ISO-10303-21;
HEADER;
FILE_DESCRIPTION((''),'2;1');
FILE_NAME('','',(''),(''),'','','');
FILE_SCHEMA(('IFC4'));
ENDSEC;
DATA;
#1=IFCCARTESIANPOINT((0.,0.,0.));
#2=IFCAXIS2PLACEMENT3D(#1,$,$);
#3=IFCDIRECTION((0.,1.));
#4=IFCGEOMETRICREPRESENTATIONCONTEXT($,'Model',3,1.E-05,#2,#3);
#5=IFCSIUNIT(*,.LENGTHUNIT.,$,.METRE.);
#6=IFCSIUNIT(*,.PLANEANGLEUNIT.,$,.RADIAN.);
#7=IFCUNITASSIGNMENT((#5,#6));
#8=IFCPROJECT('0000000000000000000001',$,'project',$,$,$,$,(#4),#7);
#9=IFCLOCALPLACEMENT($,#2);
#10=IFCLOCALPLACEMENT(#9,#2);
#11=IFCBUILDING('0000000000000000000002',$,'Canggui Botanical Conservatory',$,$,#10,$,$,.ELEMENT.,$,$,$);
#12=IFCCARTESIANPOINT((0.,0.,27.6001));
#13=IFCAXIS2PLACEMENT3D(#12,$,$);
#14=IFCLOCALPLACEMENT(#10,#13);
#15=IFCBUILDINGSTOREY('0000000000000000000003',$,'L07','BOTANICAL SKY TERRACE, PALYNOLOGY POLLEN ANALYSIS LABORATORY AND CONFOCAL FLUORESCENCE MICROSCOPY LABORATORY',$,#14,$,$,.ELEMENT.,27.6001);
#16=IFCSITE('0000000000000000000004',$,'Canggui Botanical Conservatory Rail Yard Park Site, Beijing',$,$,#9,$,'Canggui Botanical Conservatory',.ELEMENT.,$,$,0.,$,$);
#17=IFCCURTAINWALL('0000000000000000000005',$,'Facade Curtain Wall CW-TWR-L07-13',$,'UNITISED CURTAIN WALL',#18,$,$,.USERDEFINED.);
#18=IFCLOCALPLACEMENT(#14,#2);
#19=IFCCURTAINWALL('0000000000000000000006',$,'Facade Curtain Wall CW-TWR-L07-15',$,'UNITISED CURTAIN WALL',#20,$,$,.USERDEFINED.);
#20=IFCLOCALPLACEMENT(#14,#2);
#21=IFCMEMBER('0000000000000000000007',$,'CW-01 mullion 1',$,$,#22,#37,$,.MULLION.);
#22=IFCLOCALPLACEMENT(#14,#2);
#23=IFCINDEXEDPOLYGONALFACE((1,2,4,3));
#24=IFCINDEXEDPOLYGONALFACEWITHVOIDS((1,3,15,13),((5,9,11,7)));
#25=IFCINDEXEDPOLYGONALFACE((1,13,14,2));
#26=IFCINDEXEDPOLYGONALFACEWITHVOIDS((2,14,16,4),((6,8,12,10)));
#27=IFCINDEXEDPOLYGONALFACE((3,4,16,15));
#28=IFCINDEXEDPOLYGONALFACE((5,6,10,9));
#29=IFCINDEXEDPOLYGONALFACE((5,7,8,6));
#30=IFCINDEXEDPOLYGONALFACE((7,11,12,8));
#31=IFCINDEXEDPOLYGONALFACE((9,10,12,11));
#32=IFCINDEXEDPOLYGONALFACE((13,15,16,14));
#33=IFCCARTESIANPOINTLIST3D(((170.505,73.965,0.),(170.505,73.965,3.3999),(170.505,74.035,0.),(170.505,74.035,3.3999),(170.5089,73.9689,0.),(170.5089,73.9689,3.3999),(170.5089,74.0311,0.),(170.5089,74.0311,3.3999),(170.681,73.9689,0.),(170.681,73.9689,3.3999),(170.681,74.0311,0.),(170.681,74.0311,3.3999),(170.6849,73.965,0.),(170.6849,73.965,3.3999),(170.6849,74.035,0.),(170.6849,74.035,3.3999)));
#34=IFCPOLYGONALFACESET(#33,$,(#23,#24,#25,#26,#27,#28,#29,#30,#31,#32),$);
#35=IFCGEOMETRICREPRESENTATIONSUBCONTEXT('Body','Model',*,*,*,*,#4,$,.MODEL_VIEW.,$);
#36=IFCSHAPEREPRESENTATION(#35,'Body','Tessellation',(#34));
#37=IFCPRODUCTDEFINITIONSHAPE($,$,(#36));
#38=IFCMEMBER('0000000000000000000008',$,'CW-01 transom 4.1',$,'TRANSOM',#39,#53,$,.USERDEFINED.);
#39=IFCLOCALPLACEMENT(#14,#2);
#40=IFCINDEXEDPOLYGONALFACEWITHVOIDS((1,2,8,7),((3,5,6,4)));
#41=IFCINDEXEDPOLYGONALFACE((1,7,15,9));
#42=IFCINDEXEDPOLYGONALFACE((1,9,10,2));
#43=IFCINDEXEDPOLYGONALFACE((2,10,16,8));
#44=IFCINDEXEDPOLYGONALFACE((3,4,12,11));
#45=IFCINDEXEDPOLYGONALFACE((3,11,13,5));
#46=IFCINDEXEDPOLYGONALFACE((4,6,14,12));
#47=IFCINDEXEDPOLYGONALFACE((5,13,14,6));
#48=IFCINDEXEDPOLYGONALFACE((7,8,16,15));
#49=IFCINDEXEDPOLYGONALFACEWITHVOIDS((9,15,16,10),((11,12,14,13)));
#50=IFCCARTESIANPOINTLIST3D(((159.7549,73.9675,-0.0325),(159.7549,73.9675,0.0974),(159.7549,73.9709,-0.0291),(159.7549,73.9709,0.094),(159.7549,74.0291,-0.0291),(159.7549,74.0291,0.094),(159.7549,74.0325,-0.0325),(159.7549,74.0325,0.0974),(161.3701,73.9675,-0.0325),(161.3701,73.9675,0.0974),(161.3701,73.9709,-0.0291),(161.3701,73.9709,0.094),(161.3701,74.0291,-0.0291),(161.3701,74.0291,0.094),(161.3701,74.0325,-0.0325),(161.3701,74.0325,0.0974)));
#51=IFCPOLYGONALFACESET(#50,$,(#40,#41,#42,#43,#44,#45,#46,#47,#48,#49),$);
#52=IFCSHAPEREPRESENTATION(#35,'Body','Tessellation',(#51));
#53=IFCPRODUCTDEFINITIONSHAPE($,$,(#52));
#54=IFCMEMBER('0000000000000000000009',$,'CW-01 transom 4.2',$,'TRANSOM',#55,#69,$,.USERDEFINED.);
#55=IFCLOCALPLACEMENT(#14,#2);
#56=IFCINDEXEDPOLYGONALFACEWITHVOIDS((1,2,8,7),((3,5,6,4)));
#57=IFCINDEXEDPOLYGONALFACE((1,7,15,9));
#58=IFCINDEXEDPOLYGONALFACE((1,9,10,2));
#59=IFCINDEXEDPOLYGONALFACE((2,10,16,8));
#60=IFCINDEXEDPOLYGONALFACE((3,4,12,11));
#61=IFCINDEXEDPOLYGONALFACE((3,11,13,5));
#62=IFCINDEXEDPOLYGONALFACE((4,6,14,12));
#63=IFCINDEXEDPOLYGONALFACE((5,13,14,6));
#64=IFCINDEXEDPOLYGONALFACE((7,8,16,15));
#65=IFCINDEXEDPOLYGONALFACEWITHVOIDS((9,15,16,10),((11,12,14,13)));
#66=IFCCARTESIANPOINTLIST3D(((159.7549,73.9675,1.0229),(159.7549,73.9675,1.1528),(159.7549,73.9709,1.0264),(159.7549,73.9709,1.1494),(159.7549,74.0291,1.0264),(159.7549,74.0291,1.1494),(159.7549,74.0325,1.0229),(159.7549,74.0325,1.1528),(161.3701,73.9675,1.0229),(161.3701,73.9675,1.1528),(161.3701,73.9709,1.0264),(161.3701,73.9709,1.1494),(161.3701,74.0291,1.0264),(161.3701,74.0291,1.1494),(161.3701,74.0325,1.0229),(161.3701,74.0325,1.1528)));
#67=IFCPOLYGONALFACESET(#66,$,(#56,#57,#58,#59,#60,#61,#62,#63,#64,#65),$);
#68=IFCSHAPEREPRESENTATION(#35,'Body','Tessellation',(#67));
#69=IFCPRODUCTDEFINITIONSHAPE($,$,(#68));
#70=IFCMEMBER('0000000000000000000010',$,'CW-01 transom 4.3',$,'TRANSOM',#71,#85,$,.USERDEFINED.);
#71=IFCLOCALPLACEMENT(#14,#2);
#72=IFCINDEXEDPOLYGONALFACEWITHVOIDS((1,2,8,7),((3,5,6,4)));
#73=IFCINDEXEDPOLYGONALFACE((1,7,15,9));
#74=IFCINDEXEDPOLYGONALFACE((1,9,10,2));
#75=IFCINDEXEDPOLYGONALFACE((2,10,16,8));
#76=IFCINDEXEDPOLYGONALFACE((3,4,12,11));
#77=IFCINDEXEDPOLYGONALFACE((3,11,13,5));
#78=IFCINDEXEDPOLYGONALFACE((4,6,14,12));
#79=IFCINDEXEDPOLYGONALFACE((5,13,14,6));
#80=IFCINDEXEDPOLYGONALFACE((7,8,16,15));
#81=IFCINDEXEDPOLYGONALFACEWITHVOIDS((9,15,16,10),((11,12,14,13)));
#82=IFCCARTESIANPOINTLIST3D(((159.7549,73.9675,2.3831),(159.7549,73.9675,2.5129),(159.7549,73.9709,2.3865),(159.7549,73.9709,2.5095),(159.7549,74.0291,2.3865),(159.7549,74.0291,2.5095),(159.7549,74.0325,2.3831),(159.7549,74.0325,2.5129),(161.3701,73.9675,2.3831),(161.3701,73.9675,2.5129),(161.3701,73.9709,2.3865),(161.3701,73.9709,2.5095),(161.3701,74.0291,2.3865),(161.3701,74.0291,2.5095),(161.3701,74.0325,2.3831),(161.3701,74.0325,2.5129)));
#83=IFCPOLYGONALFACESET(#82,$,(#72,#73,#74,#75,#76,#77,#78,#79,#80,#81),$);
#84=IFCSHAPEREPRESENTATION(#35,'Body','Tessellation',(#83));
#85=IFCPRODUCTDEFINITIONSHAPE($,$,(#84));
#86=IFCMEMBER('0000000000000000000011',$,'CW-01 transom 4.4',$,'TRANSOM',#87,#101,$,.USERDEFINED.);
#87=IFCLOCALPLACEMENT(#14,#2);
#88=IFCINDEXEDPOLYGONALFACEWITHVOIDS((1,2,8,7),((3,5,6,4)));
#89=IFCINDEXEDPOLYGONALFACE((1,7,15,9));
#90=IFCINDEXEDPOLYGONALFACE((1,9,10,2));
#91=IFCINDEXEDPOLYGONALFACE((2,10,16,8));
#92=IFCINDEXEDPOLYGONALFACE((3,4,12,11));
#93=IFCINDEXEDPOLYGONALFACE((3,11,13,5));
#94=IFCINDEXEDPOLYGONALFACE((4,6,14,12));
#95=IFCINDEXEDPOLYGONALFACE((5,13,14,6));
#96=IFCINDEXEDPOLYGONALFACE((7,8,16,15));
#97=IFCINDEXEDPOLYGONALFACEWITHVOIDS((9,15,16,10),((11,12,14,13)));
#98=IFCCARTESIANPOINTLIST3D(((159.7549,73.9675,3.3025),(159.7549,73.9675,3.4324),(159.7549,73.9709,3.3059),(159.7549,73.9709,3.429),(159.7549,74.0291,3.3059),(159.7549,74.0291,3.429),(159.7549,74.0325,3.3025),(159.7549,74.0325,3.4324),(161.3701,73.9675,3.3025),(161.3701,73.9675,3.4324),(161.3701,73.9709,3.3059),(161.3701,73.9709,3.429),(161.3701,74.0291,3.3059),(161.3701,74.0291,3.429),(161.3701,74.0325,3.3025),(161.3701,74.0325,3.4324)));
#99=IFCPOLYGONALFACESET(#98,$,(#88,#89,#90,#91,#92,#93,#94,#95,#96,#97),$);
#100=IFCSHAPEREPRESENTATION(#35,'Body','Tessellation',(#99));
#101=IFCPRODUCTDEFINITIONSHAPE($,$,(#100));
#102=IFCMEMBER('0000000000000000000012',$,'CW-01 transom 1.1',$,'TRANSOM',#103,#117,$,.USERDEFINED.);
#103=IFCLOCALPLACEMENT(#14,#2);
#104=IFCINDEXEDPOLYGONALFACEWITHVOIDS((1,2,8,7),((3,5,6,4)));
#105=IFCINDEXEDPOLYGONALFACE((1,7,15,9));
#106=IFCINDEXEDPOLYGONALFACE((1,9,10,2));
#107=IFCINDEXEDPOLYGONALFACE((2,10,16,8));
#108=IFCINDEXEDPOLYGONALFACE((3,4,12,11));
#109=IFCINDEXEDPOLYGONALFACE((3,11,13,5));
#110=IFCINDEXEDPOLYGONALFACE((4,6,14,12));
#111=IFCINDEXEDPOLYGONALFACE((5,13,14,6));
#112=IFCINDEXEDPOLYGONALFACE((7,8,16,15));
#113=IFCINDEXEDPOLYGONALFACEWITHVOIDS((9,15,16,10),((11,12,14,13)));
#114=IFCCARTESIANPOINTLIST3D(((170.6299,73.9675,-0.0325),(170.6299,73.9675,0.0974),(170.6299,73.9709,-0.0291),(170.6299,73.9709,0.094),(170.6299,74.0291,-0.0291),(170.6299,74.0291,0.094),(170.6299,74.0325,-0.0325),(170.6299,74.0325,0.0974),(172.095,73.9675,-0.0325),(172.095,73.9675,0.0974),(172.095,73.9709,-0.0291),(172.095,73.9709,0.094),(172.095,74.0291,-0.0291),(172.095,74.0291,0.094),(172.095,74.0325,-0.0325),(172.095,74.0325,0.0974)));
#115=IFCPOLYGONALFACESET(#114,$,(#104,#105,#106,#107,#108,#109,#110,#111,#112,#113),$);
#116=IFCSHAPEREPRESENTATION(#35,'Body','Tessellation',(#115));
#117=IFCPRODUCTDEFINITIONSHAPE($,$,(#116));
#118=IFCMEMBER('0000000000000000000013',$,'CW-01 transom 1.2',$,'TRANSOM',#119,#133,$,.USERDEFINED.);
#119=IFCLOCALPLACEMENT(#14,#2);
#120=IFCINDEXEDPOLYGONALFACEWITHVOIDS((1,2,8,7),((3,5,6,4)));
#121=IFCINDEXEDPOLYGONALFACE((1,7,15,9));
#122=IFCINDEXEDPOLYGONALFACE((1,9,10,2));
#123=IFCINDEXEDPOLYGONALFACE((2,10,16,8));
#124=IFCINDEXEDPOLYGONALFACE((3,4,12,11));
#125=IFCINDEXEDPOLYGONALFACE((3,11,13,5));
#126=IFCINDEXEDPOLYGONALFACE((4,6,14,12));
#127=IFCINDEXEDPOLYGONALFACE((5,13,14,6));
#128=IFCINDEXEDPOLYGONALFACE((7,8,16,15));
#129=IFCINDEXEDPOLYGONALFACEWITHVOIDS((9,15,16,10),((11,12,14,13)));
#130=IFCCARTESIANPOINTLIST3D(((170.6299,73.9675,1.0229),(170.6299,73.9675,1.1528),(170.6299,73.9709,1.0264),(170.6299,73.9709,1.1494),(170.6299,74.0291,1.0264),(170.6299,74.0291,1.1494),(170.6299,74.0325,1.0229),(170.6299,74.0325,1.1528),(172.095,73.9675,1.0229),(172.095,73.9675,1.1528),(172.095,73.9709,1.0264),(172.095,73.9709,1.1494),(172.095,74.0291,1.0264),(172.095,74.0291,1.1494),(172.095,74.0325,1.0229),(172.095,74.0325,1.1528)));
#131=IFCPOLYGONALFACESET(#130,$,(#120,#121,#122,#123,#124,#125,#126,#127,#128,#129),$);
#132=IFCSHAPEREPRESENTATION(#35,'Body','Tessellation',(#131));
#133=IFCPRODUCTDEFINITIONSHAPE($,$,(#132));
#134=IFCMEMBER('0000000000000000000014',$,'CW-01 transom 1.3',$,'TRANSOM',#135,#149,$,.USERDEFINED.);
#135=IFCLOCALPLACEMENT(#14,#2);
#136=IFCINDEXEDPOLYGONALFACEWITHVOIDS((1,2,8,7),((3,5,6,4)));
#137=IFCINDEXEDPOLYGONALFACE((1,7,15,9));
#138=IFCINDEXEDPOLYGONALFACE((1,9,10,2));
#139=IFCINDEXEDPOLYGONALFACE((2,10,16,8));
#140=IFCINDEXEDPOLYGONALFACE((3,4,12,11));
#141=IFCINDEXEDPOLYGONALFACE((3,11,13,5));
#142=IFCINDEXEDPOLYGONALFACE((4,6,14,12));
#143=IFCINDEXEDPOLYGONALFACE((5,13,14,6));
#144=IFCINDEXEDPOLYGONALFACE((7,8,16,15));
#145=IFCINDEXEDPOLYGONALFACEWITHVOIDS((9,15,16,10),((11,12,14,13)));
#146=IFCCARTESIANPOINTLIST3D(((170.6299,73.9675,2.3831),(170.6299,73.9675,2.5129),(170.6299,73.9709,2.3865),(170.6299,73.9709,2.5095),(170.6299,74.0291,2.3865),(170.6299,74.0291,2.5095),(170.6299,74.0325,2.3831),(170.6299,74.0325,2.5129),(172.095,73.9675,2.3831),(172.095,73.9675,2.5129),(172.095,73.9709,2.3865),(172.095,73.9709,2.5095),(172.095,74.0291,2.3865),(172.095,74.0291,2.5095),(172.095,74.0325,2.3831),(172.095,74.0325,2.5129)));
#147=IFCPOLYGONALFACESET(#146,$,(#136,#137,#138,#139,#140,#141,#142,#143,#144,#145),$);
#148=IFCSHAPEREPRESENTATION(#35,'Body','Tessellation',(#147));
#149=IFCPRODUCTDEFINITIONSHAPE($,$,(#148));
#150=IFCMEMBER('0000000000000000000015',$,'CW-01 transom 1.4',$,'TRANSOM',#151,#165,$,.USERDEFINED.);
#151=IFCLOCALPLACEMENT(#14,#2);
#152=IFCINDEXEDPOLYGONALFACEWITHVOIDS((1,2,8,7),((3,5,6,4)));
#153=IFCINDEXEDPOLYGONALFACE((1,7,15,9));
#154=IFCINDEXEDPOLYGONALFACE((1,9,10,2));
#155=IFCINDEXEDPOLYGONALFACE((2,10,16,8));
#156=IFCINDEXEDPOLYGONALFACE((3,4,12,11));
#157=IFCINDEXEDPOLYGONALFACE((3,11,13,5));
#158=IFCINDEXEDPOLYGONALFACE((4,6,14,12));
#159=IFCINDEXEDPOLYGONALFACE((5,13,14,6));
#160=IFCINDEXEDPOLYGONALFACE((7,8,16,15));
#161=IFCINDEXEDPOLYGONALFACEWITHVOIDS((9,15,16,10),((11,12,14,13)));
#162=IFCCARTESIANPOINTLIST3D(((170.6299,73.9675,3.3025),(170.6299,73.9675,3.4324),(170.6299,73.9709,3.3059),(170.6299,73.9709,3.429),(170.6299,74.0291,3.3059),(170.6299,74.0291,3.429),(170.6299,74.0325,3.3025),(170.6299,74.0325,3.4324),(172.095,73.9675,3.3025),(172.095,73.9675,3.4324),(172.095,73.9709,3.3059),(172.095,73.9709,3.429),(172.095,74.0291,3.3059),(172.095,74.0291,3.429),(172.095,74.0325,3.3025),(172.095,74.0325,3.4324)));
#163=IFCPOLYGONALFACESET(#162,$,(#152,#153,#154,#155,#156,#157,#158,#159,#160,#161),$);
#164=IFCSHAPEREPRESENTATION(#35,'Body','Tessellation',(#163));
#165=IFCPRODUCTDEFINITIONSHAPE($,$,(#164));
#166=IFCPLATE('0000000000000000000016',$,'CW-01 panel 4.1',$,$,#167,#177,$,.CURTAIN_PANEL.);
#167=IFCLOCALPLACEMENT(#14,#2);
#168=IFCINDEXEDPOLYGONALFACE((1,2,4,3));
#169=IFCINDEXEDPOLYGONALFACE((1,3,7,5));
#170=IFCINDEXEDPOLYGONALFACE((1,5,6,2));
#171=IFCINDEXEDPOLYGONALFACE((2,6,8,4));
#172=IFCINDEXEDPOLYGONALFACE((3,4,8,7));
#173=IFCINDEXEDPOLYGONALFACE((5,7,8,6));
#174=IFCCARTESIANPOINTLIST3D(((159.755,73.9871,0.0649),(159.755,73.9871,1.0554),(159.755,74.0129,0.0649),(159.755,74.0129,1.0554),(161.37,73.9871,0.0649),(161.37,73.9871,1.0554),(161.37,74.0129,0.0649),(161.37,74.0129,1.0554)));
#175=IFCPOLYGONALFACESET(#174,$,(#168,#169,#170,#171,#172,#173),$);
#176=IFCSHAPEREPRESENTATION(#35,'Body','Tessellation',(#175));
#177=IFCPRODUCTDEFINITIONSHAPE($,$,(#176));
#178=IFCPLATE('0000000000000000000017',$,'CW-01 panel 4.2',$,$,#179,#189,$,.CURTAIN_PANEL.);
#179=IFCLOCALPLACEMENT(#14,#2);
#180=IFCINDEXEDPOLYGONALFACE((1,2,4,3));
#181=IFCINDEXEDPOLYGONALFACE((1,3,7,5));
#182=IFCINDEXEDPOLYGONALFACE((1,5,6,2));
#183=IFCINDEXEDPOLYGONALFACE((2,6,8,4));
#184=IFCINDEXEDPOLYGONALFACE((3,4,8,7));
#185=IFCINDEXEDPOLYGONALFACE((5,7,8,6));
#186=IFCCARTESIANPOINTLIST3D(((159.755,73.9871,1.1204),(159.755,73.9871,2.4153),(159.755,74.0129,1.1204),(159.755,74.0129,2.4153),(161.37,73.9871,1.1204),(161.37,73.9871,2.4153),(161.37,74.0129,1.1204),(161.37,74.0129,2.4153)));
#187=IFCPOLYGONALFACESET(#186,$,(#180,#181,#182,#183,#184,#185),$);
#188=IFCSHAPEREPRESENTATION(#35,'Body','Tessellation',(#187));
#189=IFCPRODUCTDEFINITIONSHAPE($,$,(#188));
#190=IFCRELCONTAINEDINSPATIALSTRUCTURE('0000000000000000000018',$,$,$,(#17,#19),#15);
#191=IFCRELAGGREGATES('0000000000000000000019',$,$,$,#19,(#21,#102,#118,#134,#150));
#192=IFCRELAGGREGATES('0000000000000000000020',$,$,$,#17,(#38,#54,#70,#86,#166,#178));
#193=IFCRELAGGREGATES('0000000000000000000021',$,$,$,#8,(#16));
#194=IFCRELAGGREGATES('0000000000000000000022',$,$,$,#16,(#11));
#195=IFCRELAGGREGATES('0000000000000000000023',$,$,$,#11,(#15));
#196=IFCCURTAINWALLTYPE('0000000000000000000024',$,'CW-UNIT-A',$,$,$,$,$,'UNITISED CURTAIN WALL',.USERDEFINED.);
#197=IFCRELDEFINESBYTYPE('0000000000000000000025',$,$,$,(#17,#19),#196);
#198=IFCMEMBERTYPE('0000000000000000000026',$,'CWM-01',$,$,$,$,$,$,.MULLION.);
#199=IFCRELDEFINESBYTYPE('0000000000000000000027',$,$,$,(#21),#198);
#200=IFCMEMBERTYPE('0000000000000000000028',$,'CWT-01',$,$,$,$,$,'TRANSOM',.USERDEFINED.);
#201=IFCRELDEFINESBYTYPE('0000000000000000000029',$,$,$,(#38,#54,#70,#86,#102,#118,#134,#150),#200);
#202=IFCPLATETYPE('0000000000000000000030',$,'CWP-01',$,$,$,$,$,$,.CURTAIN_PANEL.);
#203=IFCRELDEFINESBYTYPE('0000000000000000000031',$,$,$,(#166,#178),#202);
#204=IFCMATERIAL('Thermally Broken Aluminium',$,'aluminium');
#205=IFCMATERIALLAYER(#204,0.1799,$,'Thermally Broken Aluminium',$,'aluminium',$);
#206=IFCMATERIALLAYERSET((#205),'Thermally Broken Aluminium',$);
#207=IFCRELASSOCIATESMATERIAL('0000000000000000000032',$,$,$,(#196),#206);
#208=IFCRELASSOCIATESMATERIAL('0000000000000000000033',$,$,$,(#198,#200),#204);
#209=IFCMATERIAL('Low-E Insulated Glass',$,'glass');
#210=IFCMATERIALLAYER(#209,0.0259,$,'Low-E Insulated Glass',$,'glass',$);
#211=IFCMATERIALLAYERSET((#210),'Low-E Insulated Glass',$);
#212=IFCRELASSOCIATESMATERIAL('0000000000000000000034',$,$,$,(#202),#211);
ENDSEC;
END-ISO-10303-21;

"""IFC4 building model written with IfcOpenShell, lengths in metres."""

from ifc_helpers import new_model, si_unit, direction, frame, origin, origin_2d, place, context, subcontext, project, spatial, rectangle, hollow_rectangle, extrude, material, layer, layer_set, material_profile, profile_set, type_object, element, aggregate, save


model = new_model("IFC4")

# Units and contexts
model_context = context("Model", 3, precision=1e-05, world=origin(), true_north=direction((0.0, 1.0)))
body_context = subcontext(model_context, "Body", "Model", "MODEL_VIEW")
ifc_project = project(units=[si_unit("LENGTHUNIT", "METRE"), si_unit("PLANEANGLEUNIT", "RADIAN")], contexts=[model_context])

# Site, building, storey
site_placement = place(None, origin())
site = spatial("IfcSite", under=ifc_project, at=site_placement, Name="Canggui Botanical Conservatory Rail Yard Park Site, Beijing", LongName="Canggui Botanical Conservatory", CompositionType="ELEMENT", RefElevation=0.0)
building_placement = place(site_placement, origin())
building = spatial("IfcBuilding", under=site, at=building_placement, Name="Canggui Botanical Conservatory", CompositionType="ELEMENT")
storey_placement = place(building_placement, frame((0.0, 0.0, 27.6001)))
storey = spatial("IfcBuildingStorey", under=building, at=storey_placement, Name="L07", Description="BOTANICAL SKY TERRACE, PALYNOLOGY POLLEN ANALYSIS LABORATORY AND CONFOCAL FLUORESCENCE MICROSCOPY LABORATORY", CompositionType="ELEMENT", Elevation=27.6001)

# Curtain wall
ifc_material_1 = material(Name="Thermally Broken Aluminium", Category="aluminium")
ifc_layer_1 = layer(ifc_material_1, 0.1799, Name="Thermally Broken Aluminium", Category="aluminium")
ifc_layer_set_1 = layer_set([ifc_layer_1], Name="Thermally Broken Aluminium")
curtain_wall_type = type_object("IfcCurtainWallType", Name="CW-UNIT-A", ElementType="UNITISED CURTAIN WALL", PredefinedType="USERDEFINED", material=ifc_layer_set_1)
curtain_wall_1_placement = place(storey_placement, origin())
curtain_wall_1 = element("IfcCurtainWall", 1, at=curtain_wall_1_placement, inside=storey, type_object=curtain_wall_type, Name="Facade Curtain Wall CW-TWR-L07-13", ObjectType="UNITISED CURTAIN WALL", PredefinedType="USERDEFINED")
ifc_material_profile_1 = material_profile(ifc_material_1, hollow_rectangle(XDim=0.0701, YDim=0.1799, WallThickness=0.0039, at=origin_2d()), Name="CWM 70x180x4")
ifc_profile_set_1 = profile_set([ifc_material_profile_1], Name="Thermally Broken Aluminium")
member_type_1 = type_object("IfcMemberType", Name="CWM-01", PredefinedType="MULLION", material=ifc_profile_set_1)

# Curtain wall, member
curtain_wall_2_placement = place(storey_placement, origin())
curtain_wall_2 = element("IfcCurtainWall", 2, at=curtain_wall_2_placement, inside=storey, type_object=curtain_wall_type, Name="Facade Curtain Wall CW-TWR-L07-15", ObjectType="UNITISED CURTAIN WALL", PredefinedType="USERDEFINED")
member_1_placement = place(storey_placement, frame((170.595, 74.0, 0.0), z_axis=(0.0, 0.0, 1.0), x_axis=(0.0, 1.0, 0.0)))
member_1 = element("IfcMember", 3, at=member_1_placement, type_object=member_type_1, Name="CW-01 mullion 1", PredefinedType="MULLION", context=body_context, shape_type="SweptSolid", body=[
    extrude(hollow_rectangle(XDim=0.0701, YDim=0.1799, WallThickness=0.0039, at=origin_2d()), origin(), (0.0, 0.0, 1.0), 3.3999),
])

# Members
ifc_material_profile_2 = material_profile(ifc_material_1, hollow_rectangle(XDim=0.0649, YDim=0.1299, WallThickness=0.0034, at=origin_2d()), Name="CWT 65x130x3.5")
ifc_profile_set_2 = profile_set([ifc_material_profile_2], Name="Thermally Broken Aluminium")
member_type_2 = type_object("IfcMemberType", Name="CWT-01", ElementType="TRANSOM", PredefinedType="USERDEFINED", material=ifc_profile_set_2)
member_2_placement = place(storey_placement, frame((159.7549, 74.0, 0.0325), z_axis=(1.0, 0.0, 0.0), x_axis=(0.0, 1.0, 0.0)))
member_2 = element("IfcMember", 4, at=member_2_placement, type_object=member_type_2, Name="CW-01 transom 4.1", ObjectType="TRANSOM", PredefinedType="USERDEFINED", context=body_context, shape_type="SweptSolid", body=[
    extrude(hollow_rectangle(XDim=0.0649, YDim=0.1299, WallThickness=0.0034, at=origin_2d()), origin(), (0.0, 0.0, 1.0), 1.6152),
])
member_3_placement = place(storey_placement, frame((159.7549, 74.0, 1.0879), z_axis=(1.0, 0.0, 0.0), x_axis=(0.0, 1.0, 0.0)))
member_3 = element("IfcMember", 5, at=member_3_placement, type_object=member_type_2, Name="CW-01 transom 4.2", ObjectType="TRANSOM", PredefinedType="USERDEFINED", context=body_context, shape_type="SweptSolid", body=[
    extrude(hollow_rectangle(XDim=0.0649, YDim=0.1299, WallThickness=0.0034, at=origin_2d()), origin(), (0.0, 0.0, 1.0), 1.6152),
])
member_4_placement = place(storey_placement, frame((159.7549, 74.0, 2.448), z_axis=(1.0, 0.0, 0.0), x_axis=(0.0, 1.0, 0.0)))
member_4 = element("IfcMember", 6, at=member_4_placement, type_object=member_type_2, Name="CW-01 transom 4.3", ObjectType="TRANSOM", PredefinedType="USERDEFINED", context=body_context, shape_type="SweptSolid", body=[
    extrude(hollow_rectangle(XDim=0.0649, YDim=0.1299, WallThickness=0.0034, at=origin_2d()), origin(), (0.0, 0.0, 1.0), 1.6152),
])
member_5_placement = place(storey_placement, frame((159.7549, 74.0, 3.3674), z_axis=(1.0, 0.0, 0.0), x_axis=(0.0, 1.0, 0.0)))
member_5 = element("IfcMember", 7, at=member_5_placement, type_object=member_type_2, Name="CW-01 transom 4.4", ObjectType="TRANSOM", PredefinedType="USERDEFINED", context=body_context, shape_type="SweptSolid", body=[
    extrude(hollow_rectangle(XDim=0.0649, YDim=0.1299, WallThickness=0.0034, at=origin_2d()), origin(), (0.0, 0.0, 1.0), 1.6152),
])
member_6_placement = place(storey_placement, frame((170.6299, 74.0, 0.0325), z_axis=(1.0, 0.0, 0.0), x_axis=(0.0, 1.0, 0.0)))
member_6 = element("IfcMember", 8, at=member_6_placement, type_object=member_type_2, Name="CW-01 transom 1.1", ObjectType="TRANSOM", PredefinedType="USERDEFINED", context=body_context, shape_type="SweptSolid", body=[
    extrude(hollow_rectangle(XDim=0.0649, YDim=0.1299, WallThickness=0.0034, at=origin_2d()), origin(), (0.0, 0.0, 1.0), 1.4651),
])
member_7_placement = place(storey_placement, frame((170.6299, 74.0, 1.0879), z_axis=(1.0, 0.0, 0.0), x_axis=(0.0, 1.0, 0.0)))
member_7 = element("IfcMember", 9, at=member_7_placement, type_object=member_type_2, Name="CW-01 transom 1.2", ObjectType="TRANSOM", PredefinedType="USERDEFINED", context=body_context, shape_type="SweptSolid", body=[
    extrude(hollow_rectangle(XDim=0.0649, YDim=0.1299, WallThickness=0.0034, at=origin_2d()), origin(), (0.0, 0.0, 1.0), 1.4651),
])
member_8_placement = place(storey_placement, frame((170.6299, 74.0, 2.448), z_axis=(1.0, 0.0, 0.0), x_axis=(0.0, 1.0, 0.0)))
member_8 = element("IfcMember", 10, at=member_8_placement, type_object=member_type_2, Name="CW-01 transom 1.3", ObjectType="TRANSOM", PredefinedType="USERDEFINED", context=body_context, shape_type="SweptSolid", body=[
    extrude(hollow_rectangle(XDim=0.0649, YDim=0.1299, WallThickness=0.0034, at=origin_2d()), origin(), (0.0, 0.0, 1.0), 1.4651),
])
member_9_placement = place(storey_placement, frame((170.6299, 74.0, 3.3674), z_axis=(1.0, 0.0, 0.0), x_axis=(0.0, 1.0, 0.0)))
member_9 = element("IfcMember", 11, at=member_9_placement, type_object=member_type_2, Name="CW-01 transom 1.4", ObjectType="TRANSOM", PredefinedType="USERDEFINED", context=body_context, shape_type="SweptSolid", body=[
    extrude(hollow_rectangle(XDim=0.0649, YDim=0.1299, WallThickness=0.0034, at=origin_2d()), origin(), (0.0, 0.0, 1.0), 1.4651),
])
aggregate(curtain_wall_2, [member_1, member_6, member_7, member_8, member_9])

# Plates
ifc_material_2 = material(Name="Low-E Insulated Glass", Category="glass")
ifc_layer_2 = layer(ifc_material_2, 0.0259, Name="Low-E Insulated Glass", Category="glass")
ifc_layer_set_2 = layer_set([ifc_layer_2], Name="Low-E Insulated Glass")
plate_type = type_object("IfcPlateType", Name="CWP-01", PredefinedType="CURTAIN_PANEL", material=ifc_layer_set_2)
plate_1_placement = place(storey_placement, frame((160.5625, 74.0, 0.0649), z_axis=(0.0, 0.0, 1.0), x_axis=(1.0, 0.0, 0.0)))
plate_1 = element("IfcPlate", 12, at=plate_1_placement, type_object=plate_type, Name="CW-01 panel 4.1", PredefinedType="CURTAIN_PANEL", context=body_context, shape_type="SweptSolid", body=[
    extrude(rectangle(XDim=1.615, YDim=0.0259, at=origin_2d()), origin(), (0.0, 0.0, 1.0), 0.9905),
])
plate_2_placement = place(storey_placement, frame((160.5625, 74.0, 1.1204), z_axis=(0.0, 0.0, 1.0), x_axis=(1.0, 0.0, 0.0)))
plate_2 = element("IfcPlate", 13, at=plate_2_placement, type_object=plate_type, Name="CW-01 panel 4.2", PredefinedType="CURTAIN_PANEL", context=body_context, shape_type="SweptSolid", body=[
    extrude(rectangle(XDim=1.615, YDim=0.0259, at=origin_2d()), origin(), (0.0, 0.0, 1.0), 1.2949),
])
aggregate(curtain_wall_1, [member_2, member_3, member_4, member_5, plate_1, plate_2])

save(model, "model.ifc")
